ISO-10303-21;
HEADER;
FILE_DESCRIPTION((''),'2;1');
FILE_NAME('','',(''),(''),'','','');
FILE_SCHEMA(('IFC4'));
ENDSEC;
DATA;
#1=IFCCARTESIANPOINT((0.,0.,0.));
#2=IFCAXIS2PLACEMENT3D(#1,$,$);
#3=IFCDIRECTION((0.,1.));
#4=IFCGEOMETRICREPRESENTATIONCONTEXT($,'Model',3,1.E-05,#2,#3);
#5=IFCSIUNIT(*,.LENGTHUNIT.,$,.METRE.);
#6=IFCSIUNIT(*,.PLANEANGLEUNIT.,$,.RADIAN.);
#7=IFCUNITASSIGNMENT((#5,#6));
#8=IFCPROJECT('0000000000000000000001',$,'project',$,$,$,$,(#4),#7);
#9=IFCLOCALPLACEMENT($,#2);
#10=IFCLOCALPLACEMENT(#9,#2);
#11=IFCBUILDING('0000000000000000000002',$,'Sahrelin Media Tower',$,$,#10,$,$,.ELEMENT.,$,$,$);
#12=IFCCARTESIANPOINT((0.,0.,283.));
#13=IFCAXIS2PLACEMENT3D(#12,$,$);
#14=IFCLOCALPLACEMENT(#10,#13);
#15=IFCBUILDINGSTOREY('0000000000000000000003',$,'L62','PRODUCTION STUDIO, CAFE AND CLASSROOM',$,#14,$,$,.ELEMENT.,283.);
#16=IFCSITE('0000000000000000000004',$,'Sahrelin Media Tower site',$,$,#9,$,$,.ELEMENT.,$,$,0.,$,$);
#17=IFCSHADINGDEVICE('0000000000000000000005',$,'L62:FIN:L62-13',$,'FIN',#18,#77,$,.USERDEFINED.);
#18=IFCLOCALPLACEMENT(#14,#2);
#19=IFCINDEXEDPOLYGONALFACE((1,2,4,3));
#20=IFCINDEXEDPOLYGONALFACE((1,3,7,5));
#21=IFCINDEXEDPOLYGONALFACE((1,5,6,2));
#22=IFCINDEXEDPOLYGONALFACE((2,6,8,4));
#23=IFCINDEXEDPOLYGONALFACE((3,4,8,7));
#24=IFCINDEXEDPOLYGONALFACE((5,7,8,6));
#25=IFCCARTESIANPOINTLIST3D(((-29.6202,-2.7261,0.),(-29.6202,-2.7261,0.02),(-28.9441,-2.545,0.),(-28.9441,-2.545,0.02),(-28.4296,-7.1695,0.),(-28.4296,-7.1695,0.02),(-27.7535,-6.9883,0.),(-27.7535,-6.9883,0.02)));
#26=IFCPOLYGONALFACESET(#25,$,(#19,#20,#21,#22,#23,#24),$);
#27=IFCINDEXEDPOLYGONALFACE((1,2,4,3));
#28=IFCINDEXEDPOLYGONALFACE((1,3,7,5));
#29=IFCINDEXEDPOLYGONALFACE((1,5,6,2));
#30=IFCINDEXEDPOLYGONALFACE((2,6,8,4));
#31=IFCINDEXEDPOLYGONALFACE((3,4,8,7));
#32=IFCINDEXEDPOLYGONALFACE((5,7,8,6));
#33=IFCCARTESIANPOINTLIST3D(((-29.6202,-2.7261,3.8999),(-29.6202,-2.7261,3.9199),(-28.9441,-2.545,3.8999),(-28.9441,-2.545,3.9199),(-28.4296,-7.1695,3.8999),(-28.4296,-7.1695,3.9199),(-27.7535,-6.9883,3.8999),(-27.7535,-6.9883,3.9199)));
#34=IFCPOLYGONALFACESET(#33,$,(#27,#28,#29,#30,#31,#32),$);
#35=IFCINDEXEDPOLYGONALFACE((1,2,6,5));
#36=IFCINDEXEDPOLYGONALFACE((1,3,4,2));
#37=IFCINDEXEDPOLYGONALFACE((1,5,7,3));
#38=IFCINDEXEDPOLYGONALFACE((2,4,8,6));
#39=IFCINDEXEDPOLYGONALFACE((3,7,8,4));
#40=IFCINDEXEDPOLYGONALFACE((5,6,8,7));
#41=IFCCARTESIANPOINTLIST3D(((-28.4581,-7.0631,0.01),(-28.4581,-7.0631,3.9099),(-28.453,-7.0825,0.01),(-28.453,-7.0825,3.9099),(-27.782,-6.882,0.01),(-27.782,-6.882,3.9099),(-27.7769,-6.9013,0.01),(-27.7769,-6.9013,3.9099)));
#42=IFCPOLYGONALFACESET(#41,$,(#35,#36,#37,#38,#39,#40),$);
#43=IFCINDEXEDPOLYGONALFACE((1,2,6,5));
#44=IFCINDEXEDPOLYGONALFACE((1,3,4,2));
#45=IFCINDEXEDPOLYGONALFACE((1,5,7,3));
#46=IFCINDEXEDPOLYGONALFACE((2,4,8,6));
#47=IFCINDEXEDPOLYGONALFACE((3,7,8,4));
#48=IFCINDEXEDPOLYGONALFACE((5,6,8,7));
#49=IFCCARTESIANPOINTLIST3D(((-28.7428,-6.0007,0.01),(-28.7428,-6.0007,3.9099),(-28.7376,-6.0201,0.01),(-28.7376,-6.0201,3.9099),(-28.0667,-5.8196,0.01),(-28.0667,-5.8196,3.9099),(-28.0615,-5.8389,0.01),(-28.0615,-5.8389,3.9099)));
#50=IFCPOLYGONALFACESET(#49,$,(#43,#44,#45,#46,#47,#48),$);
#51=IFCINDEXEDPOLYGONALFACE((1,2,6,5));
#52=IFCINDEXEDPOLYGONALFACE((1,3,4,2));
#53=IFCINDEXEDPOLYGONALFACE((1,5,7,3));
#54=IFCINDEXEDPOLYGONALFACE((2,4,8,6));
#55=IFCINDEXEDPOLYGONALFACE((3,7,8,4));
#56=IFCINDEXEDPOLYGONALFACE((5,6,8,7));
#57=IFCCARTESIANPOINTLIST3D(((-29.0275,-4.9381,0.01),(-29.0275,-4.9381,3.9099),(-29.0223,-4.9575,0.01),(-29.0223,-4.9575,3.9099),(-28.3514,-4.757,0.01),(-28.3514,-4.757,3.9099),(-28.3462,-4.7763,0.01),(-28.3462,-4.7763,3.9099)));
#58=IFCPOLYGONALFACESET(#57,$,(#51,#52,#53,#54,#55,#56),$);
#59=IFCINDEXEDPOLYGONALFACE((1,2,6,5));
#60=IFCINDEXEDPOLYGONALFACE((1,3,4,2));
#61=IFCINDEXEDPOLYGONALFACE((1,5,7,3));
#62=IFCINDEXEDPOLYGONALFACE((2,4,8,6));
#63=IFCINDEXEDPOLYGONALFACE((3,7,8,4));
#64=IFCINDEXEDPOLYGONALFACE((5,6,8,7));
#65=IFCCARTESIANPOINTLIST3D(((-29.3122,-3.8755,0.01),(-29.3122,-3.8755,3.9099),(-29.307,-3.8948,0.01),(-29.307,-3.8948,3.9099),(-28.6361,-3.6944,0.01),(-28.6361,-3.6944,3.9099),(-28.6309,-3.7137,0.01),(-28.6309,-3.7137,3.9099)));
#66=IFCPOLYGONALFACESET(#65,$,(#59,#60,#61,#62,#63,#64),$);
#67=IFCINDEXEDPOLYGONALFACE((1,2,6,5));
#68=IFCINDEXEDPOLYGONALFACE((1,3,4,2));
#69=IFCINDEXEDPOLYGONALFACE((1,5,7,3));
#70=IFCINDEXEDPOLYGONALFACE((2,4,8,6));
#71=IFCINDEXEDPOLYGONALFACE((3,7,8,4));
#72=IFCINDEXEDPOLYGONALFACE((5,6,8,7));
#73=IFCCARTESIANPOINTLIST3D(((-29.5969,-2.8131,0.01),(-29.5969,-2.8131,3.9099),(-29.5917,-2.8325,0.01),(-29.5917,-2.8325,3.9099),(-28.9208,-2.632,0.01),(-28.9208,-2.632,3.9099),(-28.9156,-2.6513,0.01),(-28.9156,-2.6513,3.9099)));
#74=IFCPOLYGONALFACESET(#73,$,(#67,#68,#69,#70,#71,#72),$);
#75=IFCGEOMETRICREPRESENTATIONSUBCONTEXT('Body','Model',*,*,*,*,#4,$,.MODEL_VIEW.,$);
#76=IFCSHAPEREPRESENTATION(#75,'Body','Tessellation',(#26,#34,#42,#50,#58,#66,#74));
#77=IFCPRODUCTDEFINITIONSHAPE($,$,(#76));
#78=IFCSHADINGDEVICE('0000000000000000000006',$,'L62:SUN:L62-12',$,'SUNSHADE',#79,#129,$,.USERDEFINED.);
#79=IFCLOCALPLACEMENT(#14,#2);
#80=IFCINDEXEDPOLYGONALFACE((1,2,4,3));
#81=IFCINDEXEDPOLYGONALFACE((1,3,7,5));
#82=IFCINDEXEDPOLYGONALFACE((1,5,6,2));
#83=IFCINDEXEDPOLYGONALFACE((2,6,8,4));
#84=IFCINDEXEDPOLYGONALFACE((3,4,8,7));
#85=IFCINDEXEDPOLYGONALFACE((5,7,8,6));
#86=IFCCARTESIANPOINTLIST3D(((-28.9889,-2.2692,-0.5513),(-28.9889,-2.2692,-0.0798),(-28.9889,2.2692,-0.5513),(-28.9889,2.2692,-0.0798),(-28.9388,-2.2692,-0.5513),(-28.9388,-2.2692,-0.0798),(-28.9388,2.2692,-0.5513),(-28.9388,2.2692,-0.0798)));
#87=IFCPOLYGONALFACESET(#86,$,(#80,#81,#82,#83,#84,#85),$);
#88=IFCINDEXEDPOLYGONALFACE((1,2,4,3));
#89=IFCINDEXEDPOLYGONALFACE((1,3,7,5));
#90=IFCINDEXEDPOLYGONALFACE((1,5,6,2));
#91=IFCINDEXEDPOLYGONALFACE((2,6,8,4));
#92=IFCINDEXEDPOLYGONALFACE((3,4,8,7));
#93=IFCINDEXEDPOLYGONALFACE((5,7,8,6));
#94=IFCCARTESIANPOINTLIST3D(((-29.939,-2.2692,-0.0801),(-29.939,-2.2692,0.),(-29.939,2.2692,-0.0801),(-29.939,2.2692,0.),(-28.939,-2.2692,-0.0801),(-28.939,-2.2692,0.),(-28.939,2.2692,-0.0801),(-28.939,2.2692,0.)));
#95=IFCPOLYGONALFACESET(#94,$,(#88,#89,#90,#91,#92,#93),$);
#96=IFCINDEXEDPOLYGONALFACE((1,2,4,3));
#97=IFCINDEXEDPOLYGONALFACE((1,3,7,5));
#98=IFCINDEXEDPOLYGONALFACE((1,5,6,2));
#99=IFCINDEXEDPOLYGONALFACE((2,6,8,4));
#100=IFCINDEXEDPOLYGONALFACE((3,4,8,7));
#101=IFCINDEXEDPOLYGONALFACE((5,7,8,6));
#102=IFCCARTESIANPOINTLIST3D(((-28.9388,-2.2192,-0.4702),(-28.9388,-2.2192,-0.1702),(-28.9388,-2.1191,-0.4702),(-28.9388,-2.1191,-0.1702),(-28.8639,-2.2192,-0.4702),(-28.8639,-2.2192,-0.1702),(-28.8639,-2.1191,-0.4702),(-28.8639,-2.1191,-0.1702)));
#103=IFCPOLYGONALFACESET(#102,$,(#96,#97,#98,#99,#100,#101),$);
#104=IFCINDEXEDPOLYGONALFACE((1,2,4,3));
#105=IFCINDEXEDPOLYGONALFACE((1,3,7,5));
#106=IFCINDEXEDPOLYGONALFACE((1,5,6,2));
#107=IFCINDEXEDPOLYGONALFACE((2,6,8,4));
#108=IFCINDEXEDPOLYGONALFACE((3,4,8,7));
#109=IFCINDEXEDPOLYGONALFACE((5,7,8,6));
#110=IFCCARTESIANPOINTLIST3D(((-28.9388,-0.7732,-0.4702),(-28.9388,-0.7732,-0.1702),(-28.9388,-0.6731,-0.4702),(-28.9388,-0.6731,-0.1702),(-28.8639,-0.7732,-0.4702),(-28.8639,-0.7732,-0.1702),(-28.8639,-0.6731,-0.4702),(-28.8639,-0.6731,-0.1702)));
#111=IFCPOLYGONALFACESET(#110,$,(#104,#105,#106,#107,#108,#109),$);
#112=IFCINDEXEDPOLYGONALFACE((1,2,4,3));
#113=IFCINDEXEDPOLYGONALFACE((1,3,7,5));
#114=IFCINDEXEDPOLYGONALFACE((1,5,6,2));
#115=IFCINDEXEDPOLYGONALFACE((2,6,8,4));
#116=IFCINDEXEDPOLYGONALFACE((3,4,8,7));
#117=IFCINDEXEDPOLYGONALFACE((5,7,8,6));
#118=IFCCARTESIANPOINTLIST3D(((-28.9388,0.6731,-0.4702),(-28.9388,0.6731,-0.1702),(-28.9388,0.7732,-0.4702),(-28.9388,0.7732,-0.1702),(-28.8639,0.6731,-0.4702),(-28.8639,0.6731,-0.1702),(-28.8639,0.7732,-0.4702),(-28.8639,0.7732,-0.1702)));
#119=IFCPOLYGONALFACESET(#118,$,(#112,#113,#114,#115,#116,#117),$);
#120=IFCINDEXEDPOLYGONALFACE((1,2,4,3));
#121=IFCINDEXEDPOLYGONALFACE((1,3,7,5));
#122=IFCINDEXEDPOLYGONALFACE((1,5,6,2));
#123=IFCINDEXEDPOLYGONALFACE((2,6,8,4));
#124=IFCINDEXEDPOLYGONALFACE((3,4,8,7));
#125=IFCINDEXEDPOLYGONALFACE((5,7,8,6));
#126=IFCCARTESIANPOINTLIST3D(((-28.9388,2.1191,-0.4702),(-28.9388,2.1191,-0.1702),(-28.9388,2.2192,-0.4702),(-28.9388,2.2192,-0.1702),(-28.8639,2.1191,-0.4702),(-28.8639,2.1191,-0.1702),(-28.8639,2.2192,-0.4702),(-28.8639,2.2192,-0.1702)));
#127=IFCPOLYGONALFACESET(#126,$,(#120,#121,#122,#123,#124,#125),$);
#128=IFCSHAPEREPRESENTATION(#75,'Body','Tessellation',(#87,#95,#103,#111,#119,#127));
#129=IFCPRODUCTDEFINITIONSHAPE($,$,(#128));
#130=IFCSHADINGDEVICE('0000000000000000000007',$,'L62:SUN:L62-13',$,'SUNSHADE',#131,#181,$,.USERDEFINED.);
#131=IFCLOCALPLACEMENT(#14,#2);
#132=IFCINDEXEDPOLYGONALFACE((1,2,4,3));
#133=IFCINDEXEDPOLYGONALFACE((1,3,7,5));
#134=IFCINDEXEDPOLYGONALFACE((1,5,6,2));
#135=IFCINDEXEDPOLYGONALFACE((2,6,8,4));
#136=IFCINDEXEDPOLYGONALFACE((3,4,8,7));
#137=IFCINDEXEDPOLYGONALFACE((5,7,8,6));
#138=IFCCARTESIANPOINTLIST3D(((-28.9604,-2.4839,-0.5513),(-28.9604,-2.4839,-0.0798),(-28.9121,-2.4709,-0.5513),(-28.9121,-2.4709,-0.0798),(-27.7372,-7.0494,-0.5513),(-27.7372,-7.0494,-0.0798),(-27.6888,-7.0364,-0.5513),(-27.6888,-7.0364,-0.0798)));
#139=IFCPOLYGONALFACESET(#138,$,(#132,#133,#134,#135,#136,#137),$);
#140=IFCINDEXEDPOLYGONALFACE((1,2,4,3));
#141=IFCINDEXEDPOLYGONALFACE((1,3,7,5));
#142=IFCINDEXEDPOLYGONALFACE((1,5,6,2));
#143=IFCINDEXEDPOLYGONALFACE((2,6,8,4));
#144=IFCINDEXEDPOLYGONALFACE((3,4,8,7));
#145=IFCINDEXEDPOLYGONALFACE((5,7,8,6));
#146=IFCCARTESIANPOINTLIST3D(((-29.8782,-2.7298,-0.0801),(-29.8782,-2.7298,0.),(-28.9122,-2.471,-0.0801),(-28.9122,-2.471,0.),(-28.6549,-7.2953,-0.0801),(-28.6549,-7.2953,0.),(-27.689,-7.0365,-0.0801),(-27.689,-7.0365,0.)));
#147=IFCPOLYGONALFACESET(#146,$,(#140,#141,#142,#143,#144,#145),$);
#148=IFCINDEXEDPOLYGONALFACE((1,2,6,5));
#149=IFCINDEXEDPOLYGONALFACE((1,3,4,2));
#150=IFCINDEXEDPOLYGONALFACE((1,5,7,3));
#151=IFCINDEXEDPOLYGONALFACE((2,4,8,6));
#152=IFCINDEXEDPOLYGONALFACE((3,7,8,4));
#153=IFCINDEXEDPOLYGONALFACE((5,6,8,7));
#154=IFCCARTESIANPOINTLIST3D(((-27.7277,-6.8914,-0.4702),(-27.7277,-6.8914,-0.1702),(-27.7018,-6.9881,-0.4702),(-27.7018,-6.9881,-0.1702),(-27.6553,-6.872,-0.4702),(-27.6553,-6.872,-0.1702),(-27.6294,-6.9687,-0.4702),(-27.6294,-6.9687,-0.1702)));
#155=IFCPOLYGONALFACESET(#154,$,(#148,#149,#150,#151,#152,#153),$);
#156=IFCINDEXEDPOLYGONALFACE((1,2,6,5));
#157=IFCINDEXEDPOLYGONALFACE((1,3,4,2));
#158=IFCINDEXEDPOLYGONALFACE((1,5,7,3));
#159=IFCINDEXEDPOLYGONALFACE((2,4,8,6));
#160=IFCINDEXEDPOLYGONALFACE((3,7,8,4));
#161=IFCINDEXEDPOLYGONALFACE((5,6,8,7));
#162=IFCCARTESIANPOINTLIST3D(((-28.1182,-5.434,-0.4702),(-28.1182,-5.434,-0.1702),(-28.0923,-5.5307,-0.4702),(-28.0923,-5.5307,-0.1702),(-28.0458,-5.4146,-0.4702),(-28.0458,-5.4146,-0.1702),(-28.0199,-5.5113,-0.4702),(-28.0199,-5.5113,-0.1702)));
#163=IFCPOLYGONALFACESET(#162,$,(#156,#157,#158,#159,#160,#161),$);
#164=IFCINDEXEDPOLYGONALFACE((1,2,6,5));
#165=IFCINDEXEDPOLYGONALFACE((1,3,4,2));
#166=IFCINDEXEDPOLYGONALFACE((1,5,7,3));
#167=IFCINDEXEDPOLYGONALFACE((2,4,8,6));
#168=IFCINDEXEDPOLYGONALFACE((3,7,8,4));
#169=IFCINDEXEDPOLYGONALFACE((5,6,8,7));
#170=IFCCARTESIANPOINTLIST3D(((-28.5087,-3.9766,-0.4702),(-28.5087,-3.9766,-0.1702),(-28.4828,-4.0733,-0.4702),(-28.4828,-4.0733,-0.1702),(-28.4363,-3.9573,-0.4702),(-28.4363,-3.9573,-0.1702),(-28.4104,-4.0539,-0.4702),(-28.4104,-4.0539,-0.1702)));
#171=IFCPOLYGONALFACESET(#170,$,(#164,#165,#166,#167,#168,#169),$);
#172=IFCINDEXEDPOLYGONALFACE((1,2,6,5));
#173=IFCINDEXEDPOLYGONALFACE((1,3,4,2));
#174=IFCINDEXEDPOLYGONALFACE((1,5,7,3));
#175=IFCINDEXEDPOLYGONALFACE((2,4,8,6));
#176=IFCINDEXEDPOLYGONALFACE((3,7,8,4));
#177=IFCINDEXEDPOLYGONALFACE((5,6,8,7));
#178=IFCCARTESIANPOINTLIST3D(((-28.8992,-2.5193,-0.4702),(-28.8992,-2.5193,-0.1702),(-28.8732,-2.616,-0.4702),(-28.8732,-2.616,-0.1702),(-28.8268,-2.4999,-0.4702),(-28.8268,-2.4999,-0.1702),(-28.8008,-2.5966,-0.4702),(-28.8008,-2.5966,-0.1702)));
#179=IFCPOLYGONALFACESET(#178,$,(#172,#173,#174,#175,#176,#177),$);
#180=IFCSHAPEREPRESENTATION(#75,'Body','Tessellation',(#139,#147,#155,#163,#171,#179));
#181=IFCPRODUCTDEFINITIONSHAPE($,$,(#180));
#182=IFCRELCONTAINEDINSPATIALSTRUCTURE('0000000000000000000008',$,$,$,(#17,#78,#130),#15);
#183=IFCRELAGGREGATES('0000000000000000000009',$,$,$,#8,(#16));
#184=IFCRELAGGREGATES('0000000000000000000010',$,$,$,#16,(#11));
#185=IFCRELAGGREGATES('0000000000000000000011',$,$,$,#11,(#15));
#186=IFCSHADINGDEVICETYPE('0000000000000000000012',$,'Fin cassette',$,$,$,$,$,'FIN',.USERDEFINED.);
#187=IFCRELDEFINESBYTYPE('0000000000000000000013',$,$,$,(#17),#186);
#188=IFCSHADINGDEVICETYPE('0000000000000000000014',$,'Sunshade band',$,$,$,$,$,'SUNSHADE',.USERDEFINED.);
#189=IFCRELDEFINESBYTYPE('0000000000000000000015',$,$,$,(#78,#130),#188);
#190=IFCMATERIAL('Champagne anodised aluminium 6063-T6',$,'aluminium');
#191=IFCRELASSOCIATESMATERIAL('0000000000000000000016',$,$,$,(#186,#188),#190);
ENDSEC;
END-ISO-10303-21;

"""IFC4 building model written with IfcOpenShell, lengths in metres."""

from ifc_helpers import new_model, si_unit, direction, frame, origin, origin_2d, place, context, subcontext, project, spatial, rectangle, extrude, material, type_object, element, save


model = new_model("IFC4")

# Units and contexts
model_context = context("Model", 3, precision=1e-05, world=origin(), true_north=direction((0.0, 1.0)))
body_context = subcontext(model_context, "Body", "Model", "MODEL_VIEW")
ifc_project = project(units=[si_unit("LENGTHUNIT", "METRE"), si_unit("PLANEANGLEUNIT", "RADIAN")], contexts=[model_context])

# Site, building, storey
site_placement = place(None, origin())
site = spatial("IfcSite", under=ifc_project, at=site_placement, Name="Sahrelin Media Tower site", CompositionType="ELEMENT", RefElevation=0.0)
building_placement = place(site_placement, origin())
building = spatial("IfcBuilding", under=site, at=building_placement, Name="Sahrelin Media Tower", CompositionType="ELEMENT")
storey_placement = place(building_placement, frame((0.0, 0.0, 283.0)))
storey = spatial("IfcBuildingStorey", under=building, at=storey_placement, Name="L62", Description="PRODUCTION STUDIO, CAFE AND CLASSROOM", CompositionType="ELEMENT", Elevation=283.0)

# Shared definitions
ifc_material_1 = material(Name="Champagne anodised aluminium 6063-T6", Category="aluminium")

# Shading devices
shading_device_type_1 = type_object("IfcShadingDeviceType", Name="Fin cassette", ElementType="FIN", PredefinedType="USERDEFINED", material=ifc_material_1)
placement_1 = place(storey_placement, frame((-28.9189, 0.0, 0.0), z_axis=(0.0, 0.0, 1.0), x_axis=(0.0, 1.0, 0.0)))
placement_2 = place(storey_placement, frame((-28.2812, -4.7485, 0.0), z_axis=(0.0, 0.0, 1.0), x_axis=(-0.258808, 0.965929, 0.0)))
element("IfcShadingDevice", 1, at=placement_2, inside=storey, type_object=shading_device_type_1, Name="L62:FIN:L62-13", ObjectType="FIN", PredefinedType="USERDEFINED", context=body_context, shape_type="SweptSolid", body=[
    extrude(rectangle(XDim=4.6001, YDim=0.7, at=origin_2d()), frame((0.0, 0.4199, 0.0)), (0.0, 0.0, 1.0), 0.02),
    extrude(rectangle(XDim=4.6001, YDim=0.7, at=origin_2d()), frame((0.0, 0.4199, 3.8999)), (0.0, 0.0, 1.0), 0.02),
    extrude(rectangle(XDim=0.02, YDim=0.7, at=origin_2d()), frame((-2.2, 0.4199, 0.01), z_axis=(0.0, 0.0, 1.0), x_axis=(1.0, 0.0, 0.0)), (0.0, 0.0, 1.0), 3.8999),
    extrude(rectangle(XDim=0.02, YDim=0.7, at=origin_2d()), frame((-1.1001, 0.4199, 0.01), z_axis=(0.0, 0.0, 1.0), x_axis=(1.0, 0.0, 0.0)), (0.0, 0.0, 1.0), 3.8999),
    extrude(rectangle(XDim=0.02, YDim=0.7, at=origin_2d()), frame((0.0, 0.4199, 0.01), z_axis=(0.0, 0.0, 1.0), x_axis=(1.0, 0.0, 0.0)), (0.0, 0.0, 1.0), 3.8999),
    extrude(rectangle(XDim=0.02, YDim=0.7, at=origin_2d()), frame((1.1001, 0.4199, 0.01), z_axis=(0.0, 0.0, 1.0), x_axis=(1.0, 0.0, 0.0)), (0.0, 0.0, 1.0), 3.8999),
    extrude(rectangle(XDim=0.02, YDim=0.7, at=origin_2d()), frame((2.2, 0.4199, 0.01), z_axis=(0.0, 0.0, 1.0), x_axis=(1.0, 0.0, 0.0)), (0.0, 0.0, 1.0), 3.8999),
])
shading_device_type_2 = type_object("IfcShadingDeviceType", Name="Sunshade band", ElementType="SUNSHADE", PredefinedType="USERDEFINED", material=ifc_material_1)
element("IfcShadingDevice", 2, at=placement_1, inside=storey, type_object=shading_device_type_2, Name="L62:SUN:L62-12", ObjectType="SUNSHADE", PredefinedType="USERDEFINED", context=body_context, shape_type="SweptSolid", body=[
    extrude(rectangle(XDim=4.5383, YDim=0.05, at=origin_2d()), frame((0.0, 0.0449, -0.5513)), (0.0, 0.0, 1.0), 0.4714),
    extrude(rectangle(XDim=4.5383, YDim=1.0, at=origin_2d()), frame((0.0, 0.52, -0.0801)), (0.0, 0.0, 1.0), 0.0801),
    extrude(rectangle(XDim=0.1001, YDim=0.075, at=origin_2d()), frame((-2.1692, -0.0176, -0.4702)), (0.0, 0.0, 1.0), 0.3),
    extrude(rectangle(XDim=0.1001, YDim=0.075, at=origin_2d()), frame((-0.7231, -0.0176, -0.4702)), (0.0, 0.0, 1.0), 0.3),
    extrude(rectangle(XDim=0.1001, YDim=0.075, at=origin_2d()), frame((0.7231, -0.0176, -0.4702)), (0.0, 0.0, 1.0), 0.3),
    extrude(rectangle(XDim=0.1001, YDim=0.075, at=origin_2d()), frame((2.1692, -0.0176, -0.4702)), (0.0, 0.0, 1.0), 0.3),
])
element("IfcShadingDevice", 3, at=placement_2, inside=storey, type_object=shading_device_type_2, Name="L62:SUN:L62-13", ObjectType="SUNSHADE", PredefinedType="USERDEFINED", context=body_context, shape_type="SweptSolid", body=[
    extrude(rectangle(XDim=4.7266, YDim=0.05, at=origin_2d()), frame((0.0, 0.0449, -0.5513)), (0.0, 0.0, 1.0), 0.4714),
    extrude(rectangle(XDim=4.7266, YDim=1.0, at=origin_2d()), frame((0.0, 0.52, -0.0801)), (0.0, 0.0, 1.0), 0.0801),
    extrude(rectangle(XDim=0.1001, YDim=0.075, at=origin_2d()), frame((-2.2632, -0.0176, -0.4702)), (0.0, 0.0, 1.0), 0.3),
    extrude(rectangle(XDim=0.1001, YDim=0.075, at=origin_2d()), frame((-0.7544, -0.0176, -0.4702)), (0.0, 0.0, 1.0), 0.3),
    extrude(rectangle(XDim=0.1001, YDim=0.075, at=origin_2d()), frame((0.7544, -0.0176, -0.4702)), (0.0, 0.0, 1.0), 0.3),
    extrude(rectangle(XDim=0.1001, YDim=0.075, at=origin_2d()), frame((2.2632, -0.0176, -0.4702)), (0.0, 0.0, 1.0), 0.3),
])

save(model, "model.ifc")
